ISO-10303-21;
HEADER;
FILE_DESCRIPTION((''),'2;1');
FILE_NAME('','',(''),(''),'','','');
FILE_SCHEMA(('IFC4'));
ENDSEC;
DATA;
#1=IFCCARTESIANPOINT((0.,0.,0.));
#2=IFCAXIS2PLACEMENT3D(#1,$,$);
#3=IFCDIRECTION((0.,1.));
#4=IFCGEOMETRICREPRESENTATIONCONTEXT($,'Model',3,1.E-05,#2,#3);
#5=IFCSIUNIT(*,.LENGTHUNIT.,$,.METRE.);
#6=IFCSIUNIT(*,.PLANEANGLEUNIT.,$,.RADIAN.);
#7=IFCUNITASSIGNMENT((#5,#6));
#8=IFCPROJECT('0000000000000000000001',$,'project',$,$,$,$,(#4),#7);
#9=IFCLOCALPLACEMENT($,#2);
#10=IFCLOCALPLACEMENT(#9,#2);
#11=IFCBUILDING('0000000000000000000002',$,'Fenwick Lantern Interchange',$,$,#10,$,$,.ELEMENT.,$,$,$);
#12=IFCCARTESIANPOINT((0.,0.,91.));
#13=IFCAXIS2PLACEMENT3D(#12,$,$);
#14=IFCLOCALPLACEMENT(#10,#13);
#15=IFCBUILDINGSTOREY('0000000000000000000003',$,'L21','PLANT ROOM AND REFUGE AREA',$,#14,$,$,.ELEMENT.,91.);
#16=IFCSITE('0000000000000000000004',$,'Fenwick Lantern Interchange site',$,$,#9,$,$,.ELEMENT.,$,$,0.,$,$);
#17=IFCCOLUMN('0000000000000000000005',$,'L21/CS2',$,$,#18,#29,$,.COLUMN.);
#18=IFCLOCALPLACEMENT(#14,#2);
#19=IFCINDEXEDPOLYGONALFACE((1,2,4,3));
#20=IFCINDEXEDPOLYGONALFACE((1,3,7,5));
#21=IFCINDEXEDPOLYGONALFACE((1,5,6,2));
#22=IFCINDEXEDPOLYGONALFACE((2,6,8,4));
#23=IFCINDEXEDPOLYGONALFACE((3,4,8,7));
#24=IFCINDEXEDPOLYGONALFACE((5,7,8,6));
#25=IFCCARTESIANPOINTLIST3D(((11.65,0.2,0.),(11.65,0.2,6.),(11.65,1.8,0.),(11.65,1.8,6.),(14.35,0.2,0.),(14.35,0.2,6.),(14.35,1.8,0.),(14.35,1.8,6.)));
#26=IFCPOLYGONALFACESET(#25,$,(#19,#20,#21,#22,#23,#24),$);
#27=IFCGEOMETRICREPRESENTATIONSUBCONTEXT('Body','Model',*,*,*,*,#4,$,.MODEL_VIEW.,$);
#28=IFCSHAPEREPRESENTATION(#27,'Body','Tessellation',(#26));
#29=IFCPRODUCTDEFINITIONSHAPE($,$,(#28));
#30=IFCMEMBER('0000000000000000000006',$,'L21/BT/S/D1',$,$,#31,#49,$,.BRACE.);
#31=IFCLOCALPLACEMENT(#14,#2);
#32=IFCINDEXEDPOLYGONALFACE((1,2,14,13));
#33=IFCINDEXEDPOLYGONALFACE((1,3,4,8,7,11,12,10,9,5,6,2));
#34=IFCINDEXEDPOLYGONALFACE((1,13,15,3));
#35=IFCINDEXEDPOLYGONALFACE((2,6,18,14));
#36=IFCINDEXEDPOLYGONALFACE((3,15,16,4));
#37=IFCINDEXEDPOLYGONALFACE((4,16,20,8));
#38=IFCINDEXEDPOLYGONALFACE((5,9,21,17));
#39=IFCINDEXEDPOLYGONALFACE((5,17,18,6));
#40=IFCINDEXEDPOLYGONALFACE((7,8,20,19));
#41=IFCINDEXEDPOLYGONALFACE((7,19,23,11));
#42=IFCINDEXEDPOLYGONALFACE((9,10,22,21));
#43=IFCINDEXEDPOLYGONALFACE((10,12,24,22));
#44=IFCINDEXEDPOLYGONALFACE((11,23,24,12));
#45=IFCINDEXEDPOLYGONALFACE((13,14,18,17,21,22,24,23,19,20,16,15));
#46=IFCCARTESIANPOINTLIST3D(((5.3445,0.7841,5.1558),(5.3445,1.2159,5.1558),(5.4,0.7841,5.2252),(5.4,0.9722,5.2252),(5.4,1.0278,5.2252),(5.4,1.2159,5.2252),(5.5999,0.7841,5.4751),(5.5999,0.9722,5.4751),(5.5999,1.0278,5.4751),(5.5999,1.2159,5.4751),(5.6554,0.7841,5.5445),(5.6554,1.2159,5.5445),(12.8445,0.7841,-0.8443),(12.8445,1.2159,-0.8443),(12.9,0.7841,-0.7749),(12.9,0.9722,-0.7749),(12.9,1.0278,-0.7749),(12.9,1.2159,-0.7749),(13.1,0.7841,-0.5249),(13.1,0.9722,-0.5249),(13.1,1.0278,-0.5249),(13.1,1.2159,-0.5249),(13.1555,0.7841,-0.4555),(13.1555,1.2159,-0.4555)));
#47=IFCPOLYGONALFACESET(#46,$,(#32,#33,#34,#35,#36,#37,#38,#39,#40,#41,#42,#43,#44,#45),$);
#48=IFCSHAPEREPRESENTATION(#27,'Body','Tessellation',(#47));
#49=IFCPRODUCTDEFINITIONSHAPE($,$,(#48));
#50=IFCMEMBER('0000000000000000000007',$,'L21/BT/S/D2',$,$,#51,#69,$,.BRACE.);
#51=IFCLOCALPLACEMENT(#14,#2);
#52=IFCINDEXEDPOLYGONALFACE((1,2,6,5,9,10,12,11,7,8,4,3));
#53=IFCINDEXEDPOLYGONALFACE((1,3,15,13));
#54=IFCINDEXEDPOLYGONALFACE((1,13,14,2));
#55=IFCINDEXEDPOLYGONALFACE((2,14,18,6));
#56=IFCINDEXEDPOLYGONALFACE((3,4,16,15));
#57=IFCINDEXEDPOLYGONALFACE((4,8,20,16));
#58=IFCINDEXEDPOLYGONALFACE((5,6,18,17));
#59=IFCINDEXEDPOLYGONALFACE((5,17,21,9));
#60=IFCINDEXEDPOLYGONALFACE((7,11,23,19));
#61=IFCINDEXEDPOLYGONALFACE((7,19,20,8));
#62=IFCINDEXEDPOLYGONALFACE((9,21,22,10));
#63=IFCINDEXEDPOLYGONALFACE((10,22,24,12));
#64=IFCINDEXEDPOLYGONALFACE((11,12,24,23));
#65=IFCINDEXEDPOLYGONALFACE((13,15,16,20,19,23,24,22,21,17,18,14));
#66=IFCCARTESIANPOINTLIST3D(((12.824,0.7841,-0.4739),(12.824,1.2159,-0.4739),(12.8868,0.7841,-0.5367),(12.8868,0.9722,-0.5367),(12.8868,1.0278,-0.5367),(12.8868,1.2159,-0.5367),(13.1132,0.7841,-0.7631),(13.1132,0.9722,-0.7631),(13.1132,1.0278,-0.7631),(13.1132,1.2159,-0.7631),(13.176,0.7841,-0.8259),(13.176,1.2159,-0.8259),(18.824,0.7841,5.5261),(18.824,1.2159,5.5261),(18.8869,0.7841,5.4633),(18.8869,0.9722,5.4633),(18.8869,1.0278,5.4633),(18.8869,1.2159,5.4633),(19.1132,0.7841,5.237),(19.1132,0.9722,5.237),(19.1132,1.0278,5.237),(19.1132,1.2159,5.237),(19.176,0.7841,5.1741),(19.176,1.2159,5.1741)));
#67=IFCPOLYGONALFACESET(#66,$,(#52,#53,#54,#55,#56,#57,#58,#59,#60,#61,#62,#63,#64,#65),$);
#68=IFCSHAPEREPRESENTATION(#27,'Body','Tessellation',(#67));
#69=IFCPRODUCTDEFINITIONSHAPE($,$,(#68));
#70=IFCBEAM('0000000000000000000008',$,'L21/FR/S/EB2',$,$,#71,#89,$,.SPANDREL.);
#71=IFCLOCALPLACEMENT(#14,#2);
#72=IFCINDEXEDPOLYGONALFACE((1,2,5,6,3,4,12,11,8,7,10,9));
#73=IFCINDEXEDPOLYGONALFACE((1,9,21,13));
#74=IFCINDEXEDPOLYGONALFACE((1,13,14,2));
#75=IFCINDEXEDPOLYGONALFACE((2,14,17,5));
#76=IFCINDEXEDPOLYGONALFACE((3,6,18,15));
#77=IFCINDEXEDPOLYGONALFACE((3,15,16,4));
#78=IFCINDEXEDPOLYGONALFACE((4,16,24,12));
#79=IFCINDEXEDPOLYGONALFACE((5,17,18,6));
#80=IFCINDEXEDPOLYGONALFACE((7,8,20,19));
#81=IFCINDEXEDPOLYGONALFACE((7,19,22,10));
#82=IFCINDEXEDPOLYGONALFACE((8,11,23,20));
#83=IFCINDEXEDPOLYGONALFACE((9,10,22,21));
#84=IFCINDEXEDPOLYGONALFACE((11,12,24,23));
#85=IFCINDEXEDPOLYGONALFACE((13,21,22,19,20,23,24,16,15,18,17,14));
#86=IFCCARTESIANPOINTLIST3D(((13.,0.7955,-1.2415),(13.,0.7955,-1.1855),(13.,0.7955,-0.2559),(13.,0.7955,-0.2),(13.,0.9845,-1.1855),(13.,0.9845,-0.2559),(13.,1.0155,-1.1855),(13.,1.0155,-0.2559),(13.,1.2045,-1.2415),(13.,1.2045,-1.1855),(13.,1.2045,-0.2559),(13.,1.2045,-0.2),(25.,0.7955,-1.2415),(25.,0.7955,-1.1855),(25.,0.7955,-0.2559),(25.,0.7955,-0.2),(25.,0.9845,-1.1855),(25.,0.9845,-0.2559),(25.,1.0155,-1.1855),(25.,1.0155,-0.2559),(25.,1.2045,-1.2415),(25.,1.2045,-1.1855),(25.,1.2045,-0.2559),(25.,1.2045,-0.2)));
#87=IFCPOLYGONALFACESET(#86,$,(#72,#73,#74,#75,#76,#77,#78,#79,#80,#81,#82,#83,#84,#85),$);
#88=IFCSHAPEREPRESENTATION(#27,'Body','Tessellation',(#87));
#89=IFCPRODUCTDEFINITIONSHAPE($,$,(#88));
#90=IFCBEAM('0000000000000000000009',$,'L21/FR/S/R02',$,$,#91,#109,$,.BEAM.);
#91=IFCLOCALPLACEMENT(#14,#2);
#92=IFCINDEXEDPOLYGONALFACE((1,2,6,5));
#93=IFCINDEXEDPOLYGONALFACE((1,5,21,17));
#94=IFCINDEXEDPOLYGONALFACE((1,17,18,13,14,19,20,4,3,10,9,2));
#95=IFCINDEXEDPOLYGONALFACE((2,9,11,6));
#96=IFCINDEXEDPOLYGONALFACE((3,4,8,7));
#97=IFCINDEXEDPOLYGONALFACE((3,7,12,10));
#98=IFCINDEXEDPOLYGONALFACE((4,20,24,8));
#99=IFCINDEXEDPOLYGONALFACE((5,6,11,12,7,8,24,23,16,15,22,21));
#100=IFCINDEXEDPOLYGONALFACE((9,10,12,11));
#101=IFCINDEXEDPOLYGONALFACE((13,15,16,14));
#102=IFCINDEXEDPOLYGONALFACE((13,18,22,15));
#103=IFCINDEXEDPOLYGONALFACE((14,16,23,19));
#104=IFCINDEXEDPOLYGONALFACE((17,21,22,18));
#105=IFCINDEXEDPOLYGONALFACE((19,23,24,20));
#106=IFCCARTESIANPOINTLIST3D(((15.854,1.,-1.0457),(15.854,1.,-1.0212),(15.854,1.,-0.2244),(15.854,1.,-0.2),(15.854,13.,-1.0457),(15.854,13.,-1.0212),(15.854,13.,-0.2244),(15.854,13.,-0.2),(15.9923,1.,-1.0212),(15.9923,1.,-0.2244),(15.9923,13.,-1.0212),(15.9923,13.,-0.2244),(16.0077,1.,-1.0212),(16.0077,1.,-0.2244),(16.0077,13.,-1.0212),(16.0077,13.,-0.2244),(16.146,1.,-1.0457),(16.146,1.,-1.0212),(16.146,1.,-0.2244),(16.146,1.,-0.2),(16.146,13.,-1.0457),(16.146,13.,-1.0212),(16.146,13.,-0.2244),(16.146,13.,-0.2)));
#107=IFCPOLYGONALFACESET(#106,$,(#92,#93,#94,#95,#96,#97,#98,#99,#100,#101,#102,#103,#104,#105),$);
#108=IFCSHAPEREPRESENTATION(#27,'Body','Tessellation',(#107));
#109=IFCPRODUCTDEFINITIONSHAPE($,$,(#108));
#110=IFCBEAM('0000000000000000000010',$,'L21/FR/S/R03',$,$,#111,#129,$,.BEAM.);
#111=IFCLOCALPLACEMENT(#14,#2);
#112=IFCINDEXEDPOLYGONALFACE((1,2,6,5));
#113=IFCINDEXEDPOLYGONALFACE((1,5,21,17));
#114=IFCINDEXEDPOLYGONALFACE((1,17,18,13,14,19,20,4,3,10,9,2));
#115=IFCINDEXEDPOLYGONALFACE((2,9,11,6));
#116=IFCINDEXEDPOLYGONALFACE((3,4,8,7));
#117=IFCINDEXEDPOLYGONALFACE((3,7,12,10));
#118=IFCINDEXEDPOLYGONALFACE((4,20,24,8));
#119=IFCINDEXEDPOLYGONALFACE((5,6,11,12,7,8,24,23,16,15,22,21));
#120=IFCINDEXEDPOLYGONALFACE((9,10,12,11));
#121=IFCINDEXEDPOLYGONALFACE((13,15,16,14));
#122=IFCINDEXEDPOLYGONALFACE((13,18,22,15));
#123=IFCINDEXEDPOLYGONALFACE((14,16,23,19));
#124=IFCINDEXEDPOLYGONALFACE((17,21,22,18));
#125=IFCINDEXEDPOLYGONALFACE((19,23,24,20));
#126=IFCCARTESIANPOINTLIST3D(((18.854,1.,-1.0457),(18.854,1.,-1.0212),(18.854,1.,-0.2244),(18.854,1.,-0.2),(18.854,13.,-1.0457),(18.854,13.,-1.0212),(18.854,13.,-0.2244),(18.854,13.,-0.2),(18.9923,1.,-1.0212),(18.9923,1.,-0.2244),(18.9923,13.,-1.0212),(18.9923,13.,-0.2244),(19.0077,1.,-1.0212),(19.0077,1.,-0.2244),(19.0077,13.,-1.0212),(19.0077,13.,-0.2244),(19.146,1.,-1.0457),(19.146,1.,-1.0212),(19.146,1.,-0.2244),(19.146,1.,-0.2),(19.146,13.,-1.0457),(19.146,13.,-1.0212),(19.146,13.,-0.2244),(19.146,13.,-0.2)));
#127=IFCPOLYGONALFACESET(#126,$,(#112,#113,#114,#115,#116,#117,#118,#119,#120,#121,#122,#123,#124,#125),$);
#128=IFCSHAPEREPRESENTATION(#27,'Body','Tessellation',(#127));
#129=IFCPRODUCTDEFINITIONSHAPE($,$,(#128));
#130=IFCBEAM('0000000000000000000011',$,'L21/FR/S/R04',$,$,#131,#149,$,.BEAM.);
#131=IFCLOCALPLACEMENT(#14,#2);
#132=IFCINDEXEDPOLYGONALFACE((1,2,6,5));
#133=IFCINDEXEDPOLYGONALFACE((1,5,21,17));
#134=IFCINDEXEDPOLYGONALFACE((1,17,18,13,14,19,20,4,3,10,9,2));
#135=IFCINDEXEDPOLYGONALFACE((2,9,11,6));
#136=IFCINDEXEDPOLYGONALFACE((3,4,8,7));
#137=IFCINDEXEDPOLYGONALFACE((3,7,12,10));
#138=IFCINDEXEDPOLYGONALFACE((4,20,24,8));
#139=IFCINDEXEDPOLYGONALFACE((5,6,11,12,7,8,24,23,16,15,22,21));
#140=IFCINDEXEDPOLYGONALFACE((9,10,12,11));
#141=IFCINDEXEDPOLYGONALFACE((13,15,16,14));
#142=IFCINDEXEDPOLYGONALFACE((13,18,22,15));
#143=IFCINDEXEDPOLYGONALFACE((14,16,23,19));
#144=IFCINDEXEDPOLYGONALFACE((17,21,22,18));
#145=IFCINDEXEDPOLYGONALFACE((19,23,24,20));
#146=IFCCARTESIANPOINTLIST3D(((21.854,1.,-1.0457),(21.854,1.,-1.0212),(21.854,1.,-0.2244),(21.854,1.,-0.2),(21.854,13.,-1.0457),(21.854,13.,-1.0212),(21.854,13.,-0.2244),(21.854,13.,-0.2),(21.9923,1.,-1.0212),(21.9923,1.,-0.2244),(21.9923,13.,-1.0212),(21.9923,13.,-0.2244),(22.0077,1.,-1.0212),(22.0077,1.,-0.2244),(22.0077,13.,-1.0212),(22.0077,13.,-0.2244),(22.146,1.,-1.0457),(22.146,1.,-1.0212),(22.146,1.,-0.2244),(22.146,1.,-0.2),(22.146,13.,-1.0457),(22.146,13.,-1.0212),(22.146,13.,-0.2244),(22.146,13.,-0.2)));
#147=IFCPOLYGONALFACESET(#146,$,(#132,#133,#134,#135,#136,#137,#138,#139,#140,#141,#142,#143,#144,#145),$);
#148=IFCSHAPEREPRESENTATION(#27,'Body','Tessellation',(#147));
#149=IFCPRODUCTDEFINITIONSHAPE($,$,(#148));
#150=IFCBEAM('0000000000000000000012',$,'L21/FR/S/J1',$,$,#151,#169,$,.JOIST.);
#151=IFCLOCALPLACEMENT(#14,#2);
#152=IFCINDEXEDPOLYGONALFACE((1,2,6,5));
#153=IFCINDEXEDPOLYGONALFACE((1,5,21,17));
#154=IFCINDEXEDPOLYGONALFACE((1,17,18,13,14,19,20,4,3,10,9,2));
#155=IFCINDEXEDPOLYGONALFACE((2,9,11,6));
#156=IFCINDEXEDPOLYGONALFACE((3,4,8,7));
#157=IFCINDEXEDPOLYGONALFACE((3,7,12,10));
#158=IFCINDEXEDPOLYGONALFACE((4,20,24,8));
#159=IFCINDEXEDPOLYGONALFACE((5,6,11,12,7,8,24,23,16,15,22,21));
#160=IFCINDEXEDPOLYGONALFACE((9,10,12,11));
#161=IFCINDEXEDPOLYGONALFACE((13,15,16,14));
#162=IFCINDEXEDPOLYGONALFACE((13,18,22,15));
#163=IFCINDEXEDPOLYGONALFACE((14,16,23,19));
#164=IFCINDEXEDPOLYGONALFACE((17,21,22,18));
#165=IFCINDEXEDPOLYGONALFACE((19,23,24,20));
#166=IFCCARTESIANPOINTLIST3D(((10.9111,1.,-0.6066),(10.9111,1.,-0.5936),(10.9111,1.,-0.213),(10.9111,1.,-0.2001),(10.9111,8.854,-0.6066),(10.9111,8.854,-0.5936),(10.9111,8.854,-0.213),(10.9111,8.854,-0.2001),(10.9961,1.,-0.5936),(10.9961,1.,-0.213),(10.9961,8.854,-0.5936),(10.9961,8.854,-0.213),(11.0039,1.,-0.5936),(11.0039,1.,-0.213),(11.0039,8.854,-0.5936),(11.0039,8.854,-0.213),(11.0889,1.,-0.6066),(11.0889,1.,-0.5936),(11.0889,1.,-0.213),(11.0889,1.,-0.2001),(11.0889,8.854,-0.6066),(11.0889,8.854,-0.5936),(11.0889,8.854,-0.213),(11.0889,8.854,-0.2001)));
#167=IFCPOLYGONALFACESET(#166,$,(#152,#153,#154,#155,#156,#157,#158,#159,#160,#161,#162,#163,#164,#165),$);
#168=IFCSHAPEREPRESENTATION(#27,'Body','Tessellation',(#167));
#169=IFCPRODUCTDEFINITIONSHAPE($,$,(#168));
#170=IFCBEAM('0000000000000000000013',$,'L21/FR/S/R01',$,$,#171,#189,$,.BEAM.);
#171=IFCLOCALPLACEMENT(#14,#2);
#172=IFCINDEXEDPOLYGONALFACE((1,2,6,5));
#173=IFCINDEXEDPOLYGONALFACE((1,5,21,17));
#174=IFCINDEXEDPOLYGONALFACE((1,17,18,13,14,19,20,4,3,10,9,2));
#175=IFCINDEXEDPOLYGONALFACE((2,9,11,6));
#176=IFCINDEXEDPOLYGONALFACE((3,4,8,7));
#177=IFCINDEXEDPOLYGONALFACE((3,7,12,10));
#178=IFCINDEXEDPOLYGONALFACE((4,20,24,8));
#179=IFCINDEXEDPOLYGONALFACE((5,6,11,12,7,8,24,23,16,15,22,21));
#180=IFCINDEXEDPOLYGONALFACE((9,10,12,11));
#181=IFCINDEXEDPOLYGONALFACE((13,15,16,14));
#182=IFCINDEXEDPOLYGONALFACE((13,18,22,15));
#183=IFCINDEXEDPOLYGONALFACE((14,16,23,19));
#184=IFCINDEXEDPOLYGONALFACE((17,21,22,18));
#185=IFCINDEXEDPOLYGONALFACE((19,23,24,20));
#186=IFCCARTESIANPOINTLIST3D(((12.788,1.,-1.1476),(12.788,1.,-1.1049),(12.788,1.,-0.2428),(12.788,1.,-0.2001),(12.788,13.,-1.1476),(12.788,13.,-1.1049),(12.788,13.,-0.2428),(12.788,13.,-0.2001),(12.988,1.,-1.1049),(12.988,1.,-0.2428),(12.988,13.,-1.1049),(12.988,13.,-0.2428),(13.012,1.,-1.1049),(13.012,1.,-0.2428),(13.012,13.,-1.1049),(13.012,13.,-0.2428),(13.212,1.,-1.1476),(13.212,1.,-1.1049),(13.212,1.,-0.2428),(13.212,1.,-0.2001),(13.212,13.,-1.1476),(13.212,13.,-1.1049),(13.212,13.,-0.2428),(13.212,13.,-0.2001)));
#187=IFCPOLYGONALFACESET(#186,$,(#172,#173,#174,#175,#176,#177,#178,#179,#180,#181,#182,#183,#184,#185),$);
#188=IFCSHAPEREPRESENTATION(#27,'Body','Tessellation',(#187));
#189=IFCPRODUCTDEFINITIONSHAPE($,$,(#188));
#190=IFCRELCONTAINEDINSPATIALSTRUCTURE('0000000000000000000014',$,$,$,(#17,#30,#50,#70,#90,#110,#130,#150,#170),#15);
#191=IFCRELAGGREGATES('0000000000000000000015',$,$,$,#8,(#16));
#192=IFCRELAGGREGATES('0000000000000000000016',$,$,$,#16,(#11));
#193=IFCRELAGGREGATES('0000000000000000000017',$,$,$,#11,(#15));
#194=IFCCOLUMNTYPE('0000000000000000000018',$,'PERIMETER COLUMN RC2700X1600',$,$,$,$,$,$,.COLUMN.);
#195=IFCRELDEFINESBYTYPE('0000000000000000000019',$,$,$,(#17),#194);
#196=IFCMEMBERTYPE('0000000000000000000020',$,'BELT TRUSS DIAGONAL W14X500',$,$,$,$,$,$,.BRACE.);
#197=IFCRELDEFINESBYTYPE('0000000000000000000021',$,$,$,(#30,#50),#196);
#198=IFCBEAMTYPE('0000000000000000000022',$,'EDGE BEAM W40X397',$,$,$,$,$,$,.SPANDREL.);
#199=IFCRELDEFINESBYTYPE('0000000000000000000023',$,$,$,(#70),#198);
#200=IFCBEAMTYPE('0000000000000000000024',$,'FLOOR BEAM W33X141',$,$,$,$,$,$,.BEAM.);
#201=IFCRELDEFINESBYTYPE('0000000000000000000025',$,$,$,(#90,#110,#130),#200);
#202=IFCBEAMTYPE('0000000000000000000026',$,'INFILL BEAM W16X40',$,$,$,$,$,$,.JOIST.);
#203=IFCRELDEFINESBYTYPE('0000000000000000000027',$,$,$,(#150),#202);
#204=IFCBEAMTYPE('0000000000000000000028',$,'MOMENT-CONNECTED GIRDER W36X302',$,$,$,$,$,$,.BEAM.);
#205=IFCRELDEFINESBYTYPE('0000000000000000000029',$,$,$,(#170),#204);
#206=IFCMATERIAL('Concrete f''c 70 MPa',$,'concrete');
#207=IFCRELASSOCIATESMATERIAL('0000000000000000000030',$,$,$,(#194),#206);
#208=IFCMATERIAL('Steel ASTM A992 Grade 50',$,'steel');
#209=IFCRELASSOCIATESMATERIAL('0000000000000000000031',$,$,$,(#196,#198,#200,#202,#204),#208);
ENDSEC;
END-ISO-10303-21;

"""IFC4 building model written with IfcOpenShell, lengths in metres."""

from ifc_helpers import new_model, si_unit, direction, frame, origin, origin_2d, place, context, subcontext, project, spatial, rectangle, i_section, extrude, material, material_profile, profile_set, type_object, element, save


model = new_model("IFC4")

# Units and contexts
model_context = context("Model", 3, precision=1e-05, world=origin(), true_north=direction((0.0, 1.0)))
body_context = subcontext(model_context, "Body", "Model", "MODEL_VIEW")
ifc_project = project(units=[si_unit("LENGTHUNIT", "METRE"), si_unit("PLANEANGLEUNIT", "RADIAN")], contexts=[model_context])

# Site, building, storey
site_placement = place(None, origin())
site = spatial("IfcSite", under=ifc_project, at=site_placement, Name="Fenwick Lantern Interchange site", CompositionType="ELEMENT", RefElevation=0.0)
building_placement = place(site_placement, origin())
building = spatial("IfcBuilding", under=site, at=building_placement, Name="Fenwick Lantern Interchange", CompositionType="ELEMENT")
storey_placement = place(building_placement, frame((0.0, 0.0, 91.0)))
storey = spatial("IfcBuildingStorey", under=building, at=storey_placement, Name="L21", Description="PLANT ROOM AND REFUGE AREA", CompositionType="ELEMENT", Elevation=91.0)

# Column
ifc_material_1 = material(Name="Concrete f'c 70 MPa", Category="concrete")
ifc_material_profile_1 = material_profile(ifc_material_1, rectangle(XDim=2.7, YDim=1.6001, at=origin_2d()), Name="RC2700X1600")
ifc_profile_set_1 = profile_set([ifc_material_profile_1], Name="Concrete f'c 70 MPa")
column_type = type_object("IfcColumnType", Name="PERIMETER COLUMN RC2700X1600", PredefinedType="COLUMN", material=ifc_profile_set_1)
column_placement = place(storey_placement, frame((13.0, 1.0, 0.0), z_axis=(0.0, 0.0, 1.0), x_axis=(1.0, 0.0, 0.0)))
element("IfcColumn", 1, at=column_placement, inside=storey, type_object=column_type, Name="L21/CS2", PredefinedType="COLUMN", context=body_context, shape_type="SweptSolid", body=[
    extrude(rectangle(XDim=2.7, YDim=1.6001, at=origin_2d()), origin(), (0.0, 0.0, 1.0), 6.0),
])

# Members
ifc_material_2 = material(Name="Steel ASTM A992 Grade 50", Category="steel")
ifc_material_profile_2 = material_profile(ifc_material_2, i_section(OverallWidth=0.4319, OverallDepth=0.4978, WebThickness=0.0557, FlangeThickness=0.0889, at=origin_2d()), Name="W14X500")
ifc_profile_set_2 = profile_set([ifc_material_profile_2], Name="Steel ASTM A992 Grade 50")
member_type_1 = type_object("IfcMemberType", Name="BELT TRUSS DIAGONAL W14X500", PredefinedType="BRACE", material=ifc_profile_set_2)
member_1_placement = place(storey_placement, frame((13.0, 1.0, -0.6499), z_axis=(-0.780869, 0.0, 0.624695), x_axis=(0.0, -1.0, 0.0)))
element("IfcMember", 2, at=member_1_placement, inside=storey, type_object=member_type_1, Name="L21/BT/S/D1", PredefinedType="BRACE", context=body_context, shape_type="SweptSolid", body=[
    extrude(i_section(OverallWidth=0.4319, OverallDepth=0.4978, WebThickness=0.0557, FlangeThickness=0.0889, at=origin_2d()), origin(), (0.0, 0.0, 1.0), 9.6047),
])
member_2_placement = place(storey_placement, frame((13.0, 1.0, -0.6499), z_axis=(0.707107, 0.0, 0.707107), x_axis=(0.0, 1.0, 0.0)))
element("IfcMember", 3, at=member_2_placement, inside=storey, type_object=member_type_1, Name="L21/BT/S/D2", PredefinedType="BRACE", context=body_context, shape_type="SweptSolid", body=[
    extrude(i_section(OverallWidth=0.4319, OverallDepth=0.4978, WebThickness=0.0557, FlangeThickness=0.0889, at=origin_2d()), origin(), (0.0, 0.0, 1.0), 8.4854),
])

# Beams
ifc_material_profile_3 = material_profile(ifc_material_2, i_section(OverallWidth=0.4089, OverallDepth=1.0415, WebThickness=0.031, FlangeThickness=0.0559, at=origin_2d()), Name="W40X397")
ifc_profile_set_3 = profile_set([ifc_material_profile_3], Name="Steel ASTM A992 Grade 50")
beam_type_1 = type_object("IfcBeamType", Name="EDGE BEAM W40X397", PredefinedType="SPANDREL", material=ifc_profile_set_3)
beam_1_placement = place(storey_placement, frame((13.0, 1.0, -0.7207), z_axis=(1.0, 0.0, 0.0), x_axis=(0.0, 1.0, 0.0)))
element("IfcBeam", 4, at=beam_1_placement, inside=storey, type_object=beam_type_1, Name="L21/FR/S/EB2", PredefinedType="SPANDREL", context=body_context, shape_type="SweptSolid", body=[
    extrude(i_section(OverallWidth=0.4089, OverallDepth=1.0415, WebThickness=0.031, FlangeThickness=0.0559, at=origin_2d()), origin(), (0.0, 0.0, 1.0), 12.0),
])
ifc_material_profile_4 = material_profile(ifc_material_2, i_section(OverallWidth=0.292, OverallDepth=0.8457, WebThickness=0.0154, FlangeThickness=0.0244, at=origin_2d()), Name="W33X141")
ifc_profile_set_4 = profile_set([ifc_material_profile_4], Name="Steel ASTM A992 Grade 50")
beam_type_2 = type_object("IfcBeamType", Name="FLOOR BEAM W33X141", PredefinedType="BEAM", material=ifc_profile_set_4)
for number, where, z_axis, x_axis, name in (
    (5, (16.0, 1.0, -0.6228), (0.0, 1.0, 0.0), (-1.0, 0.0, 0.0), "L21/FR/S/R02"),
    (6, (19.0, 1.0, -0.6228), (0.0, 1.0, 0.0), (-1.0, 0.0, 0.0), "L21/FR/S/R03"),
    (7, (22.0, 1.0, -0.6228), (0.0, 1.0, 0.0), (-1.0, 0.0, 0.0), "L21/FR/S/R04"),
):
    element("IfcBeam", number, at=place(storey_placement, frame(where, z_axis=z_axis, x_axis=x_axis)), inside=storey, type_object=beam_type_2, Name=name, PredefinedType="BEAM", context=body_context, shape_type="SweptSolid", body=[
        extrude(i_section(OverallWidth=0.292, OverallDepth=0.8457, WebThickness=0.0154, FlangeThickness=0.0244, at=origin_2d()), origin(), (0.0, 0.0, 1.0), 12.0),
    ])
ifc_material_profile_5 = material_profile(ifc_material_2, i_section(OverallWidth=0.1777, OverallDepth=0.4065, WebThickness=0.0078, FlangeThickness=0.0129, at=origin_2d()), Name="W16X40")
ifc_profile_set_5 = profile_set([ifc_material_profile_5], Name="Steel ASTM A992 Grade 50")
beam_type_3 = type_object("IfcBeamType", Name="INFILL BEAM W16X40", PredefinedType="JOIST", material=ifc_profile_set_5)
beam_2_placement = place(storey_placement, frame((11.0, 1.0, -0.4033), z_axis=(0.0, 1.0, 0.0), x_axis=(-1.0, 0.0, 0.0)))
element("IfcBeam", 8, at=beam_2_placement, inside=storey, type_object=beam_type_3, Name="L21/FR/S/J1", PredefinedType="JOIST", context=body_context, shape_type="SweptSolid", body=[
    extrude(i_section(OverallWidth=0.1777, OverallDepth=0.4065, WebThickness=0.0078, FlangeThickness=0.0129, at=origin_2d()), origin(), (0.0, 0.0, 1.0), 7.854),
])
ifc_material_profile_6 = material_profile(ifc_material_2, i_section(OverallWidth=0.4241, OverallDepth=0.9475, WebThickness=0.0239, FlangeThickness=0.0427, at=origin_2d()), Name="W36X302")
ifc_profile_set_6 = profile_set([ifc_material_profile_6], Name="Steel ASTM A992 Grade 50")
beam_type_4 = type_object("IfcBeamType", Name="MOMENT-CONNECTED GIRDER W36X302", PredefinedType="BEAM", material=ifc_profile_set_6)
beam_3_placement = place(storey_placement, frame((13.0, 1.0, -0.6738), z_axis=(0.0, 1.0, 0.0), x_axis=(-1.0, 0.0, 0.0)))
element("IfcBeam", 9, at=beam_3_placement, inside=storey, type_object=beam_type_4, Name="L21/FR/S/R01", PredefinedType="BEAM", context=body_context, shape_type="SweptSolid", body=[
    extrude(i_section(OverallWidth=0.4241, OverallDepth=0.9475, WebThickness=0.0239, FlangeThickness=0.0427, at=origin_2d()), origin(), (0.0, 0.0, 1.0), 12.0),
])

save(model, "model.ifc")
